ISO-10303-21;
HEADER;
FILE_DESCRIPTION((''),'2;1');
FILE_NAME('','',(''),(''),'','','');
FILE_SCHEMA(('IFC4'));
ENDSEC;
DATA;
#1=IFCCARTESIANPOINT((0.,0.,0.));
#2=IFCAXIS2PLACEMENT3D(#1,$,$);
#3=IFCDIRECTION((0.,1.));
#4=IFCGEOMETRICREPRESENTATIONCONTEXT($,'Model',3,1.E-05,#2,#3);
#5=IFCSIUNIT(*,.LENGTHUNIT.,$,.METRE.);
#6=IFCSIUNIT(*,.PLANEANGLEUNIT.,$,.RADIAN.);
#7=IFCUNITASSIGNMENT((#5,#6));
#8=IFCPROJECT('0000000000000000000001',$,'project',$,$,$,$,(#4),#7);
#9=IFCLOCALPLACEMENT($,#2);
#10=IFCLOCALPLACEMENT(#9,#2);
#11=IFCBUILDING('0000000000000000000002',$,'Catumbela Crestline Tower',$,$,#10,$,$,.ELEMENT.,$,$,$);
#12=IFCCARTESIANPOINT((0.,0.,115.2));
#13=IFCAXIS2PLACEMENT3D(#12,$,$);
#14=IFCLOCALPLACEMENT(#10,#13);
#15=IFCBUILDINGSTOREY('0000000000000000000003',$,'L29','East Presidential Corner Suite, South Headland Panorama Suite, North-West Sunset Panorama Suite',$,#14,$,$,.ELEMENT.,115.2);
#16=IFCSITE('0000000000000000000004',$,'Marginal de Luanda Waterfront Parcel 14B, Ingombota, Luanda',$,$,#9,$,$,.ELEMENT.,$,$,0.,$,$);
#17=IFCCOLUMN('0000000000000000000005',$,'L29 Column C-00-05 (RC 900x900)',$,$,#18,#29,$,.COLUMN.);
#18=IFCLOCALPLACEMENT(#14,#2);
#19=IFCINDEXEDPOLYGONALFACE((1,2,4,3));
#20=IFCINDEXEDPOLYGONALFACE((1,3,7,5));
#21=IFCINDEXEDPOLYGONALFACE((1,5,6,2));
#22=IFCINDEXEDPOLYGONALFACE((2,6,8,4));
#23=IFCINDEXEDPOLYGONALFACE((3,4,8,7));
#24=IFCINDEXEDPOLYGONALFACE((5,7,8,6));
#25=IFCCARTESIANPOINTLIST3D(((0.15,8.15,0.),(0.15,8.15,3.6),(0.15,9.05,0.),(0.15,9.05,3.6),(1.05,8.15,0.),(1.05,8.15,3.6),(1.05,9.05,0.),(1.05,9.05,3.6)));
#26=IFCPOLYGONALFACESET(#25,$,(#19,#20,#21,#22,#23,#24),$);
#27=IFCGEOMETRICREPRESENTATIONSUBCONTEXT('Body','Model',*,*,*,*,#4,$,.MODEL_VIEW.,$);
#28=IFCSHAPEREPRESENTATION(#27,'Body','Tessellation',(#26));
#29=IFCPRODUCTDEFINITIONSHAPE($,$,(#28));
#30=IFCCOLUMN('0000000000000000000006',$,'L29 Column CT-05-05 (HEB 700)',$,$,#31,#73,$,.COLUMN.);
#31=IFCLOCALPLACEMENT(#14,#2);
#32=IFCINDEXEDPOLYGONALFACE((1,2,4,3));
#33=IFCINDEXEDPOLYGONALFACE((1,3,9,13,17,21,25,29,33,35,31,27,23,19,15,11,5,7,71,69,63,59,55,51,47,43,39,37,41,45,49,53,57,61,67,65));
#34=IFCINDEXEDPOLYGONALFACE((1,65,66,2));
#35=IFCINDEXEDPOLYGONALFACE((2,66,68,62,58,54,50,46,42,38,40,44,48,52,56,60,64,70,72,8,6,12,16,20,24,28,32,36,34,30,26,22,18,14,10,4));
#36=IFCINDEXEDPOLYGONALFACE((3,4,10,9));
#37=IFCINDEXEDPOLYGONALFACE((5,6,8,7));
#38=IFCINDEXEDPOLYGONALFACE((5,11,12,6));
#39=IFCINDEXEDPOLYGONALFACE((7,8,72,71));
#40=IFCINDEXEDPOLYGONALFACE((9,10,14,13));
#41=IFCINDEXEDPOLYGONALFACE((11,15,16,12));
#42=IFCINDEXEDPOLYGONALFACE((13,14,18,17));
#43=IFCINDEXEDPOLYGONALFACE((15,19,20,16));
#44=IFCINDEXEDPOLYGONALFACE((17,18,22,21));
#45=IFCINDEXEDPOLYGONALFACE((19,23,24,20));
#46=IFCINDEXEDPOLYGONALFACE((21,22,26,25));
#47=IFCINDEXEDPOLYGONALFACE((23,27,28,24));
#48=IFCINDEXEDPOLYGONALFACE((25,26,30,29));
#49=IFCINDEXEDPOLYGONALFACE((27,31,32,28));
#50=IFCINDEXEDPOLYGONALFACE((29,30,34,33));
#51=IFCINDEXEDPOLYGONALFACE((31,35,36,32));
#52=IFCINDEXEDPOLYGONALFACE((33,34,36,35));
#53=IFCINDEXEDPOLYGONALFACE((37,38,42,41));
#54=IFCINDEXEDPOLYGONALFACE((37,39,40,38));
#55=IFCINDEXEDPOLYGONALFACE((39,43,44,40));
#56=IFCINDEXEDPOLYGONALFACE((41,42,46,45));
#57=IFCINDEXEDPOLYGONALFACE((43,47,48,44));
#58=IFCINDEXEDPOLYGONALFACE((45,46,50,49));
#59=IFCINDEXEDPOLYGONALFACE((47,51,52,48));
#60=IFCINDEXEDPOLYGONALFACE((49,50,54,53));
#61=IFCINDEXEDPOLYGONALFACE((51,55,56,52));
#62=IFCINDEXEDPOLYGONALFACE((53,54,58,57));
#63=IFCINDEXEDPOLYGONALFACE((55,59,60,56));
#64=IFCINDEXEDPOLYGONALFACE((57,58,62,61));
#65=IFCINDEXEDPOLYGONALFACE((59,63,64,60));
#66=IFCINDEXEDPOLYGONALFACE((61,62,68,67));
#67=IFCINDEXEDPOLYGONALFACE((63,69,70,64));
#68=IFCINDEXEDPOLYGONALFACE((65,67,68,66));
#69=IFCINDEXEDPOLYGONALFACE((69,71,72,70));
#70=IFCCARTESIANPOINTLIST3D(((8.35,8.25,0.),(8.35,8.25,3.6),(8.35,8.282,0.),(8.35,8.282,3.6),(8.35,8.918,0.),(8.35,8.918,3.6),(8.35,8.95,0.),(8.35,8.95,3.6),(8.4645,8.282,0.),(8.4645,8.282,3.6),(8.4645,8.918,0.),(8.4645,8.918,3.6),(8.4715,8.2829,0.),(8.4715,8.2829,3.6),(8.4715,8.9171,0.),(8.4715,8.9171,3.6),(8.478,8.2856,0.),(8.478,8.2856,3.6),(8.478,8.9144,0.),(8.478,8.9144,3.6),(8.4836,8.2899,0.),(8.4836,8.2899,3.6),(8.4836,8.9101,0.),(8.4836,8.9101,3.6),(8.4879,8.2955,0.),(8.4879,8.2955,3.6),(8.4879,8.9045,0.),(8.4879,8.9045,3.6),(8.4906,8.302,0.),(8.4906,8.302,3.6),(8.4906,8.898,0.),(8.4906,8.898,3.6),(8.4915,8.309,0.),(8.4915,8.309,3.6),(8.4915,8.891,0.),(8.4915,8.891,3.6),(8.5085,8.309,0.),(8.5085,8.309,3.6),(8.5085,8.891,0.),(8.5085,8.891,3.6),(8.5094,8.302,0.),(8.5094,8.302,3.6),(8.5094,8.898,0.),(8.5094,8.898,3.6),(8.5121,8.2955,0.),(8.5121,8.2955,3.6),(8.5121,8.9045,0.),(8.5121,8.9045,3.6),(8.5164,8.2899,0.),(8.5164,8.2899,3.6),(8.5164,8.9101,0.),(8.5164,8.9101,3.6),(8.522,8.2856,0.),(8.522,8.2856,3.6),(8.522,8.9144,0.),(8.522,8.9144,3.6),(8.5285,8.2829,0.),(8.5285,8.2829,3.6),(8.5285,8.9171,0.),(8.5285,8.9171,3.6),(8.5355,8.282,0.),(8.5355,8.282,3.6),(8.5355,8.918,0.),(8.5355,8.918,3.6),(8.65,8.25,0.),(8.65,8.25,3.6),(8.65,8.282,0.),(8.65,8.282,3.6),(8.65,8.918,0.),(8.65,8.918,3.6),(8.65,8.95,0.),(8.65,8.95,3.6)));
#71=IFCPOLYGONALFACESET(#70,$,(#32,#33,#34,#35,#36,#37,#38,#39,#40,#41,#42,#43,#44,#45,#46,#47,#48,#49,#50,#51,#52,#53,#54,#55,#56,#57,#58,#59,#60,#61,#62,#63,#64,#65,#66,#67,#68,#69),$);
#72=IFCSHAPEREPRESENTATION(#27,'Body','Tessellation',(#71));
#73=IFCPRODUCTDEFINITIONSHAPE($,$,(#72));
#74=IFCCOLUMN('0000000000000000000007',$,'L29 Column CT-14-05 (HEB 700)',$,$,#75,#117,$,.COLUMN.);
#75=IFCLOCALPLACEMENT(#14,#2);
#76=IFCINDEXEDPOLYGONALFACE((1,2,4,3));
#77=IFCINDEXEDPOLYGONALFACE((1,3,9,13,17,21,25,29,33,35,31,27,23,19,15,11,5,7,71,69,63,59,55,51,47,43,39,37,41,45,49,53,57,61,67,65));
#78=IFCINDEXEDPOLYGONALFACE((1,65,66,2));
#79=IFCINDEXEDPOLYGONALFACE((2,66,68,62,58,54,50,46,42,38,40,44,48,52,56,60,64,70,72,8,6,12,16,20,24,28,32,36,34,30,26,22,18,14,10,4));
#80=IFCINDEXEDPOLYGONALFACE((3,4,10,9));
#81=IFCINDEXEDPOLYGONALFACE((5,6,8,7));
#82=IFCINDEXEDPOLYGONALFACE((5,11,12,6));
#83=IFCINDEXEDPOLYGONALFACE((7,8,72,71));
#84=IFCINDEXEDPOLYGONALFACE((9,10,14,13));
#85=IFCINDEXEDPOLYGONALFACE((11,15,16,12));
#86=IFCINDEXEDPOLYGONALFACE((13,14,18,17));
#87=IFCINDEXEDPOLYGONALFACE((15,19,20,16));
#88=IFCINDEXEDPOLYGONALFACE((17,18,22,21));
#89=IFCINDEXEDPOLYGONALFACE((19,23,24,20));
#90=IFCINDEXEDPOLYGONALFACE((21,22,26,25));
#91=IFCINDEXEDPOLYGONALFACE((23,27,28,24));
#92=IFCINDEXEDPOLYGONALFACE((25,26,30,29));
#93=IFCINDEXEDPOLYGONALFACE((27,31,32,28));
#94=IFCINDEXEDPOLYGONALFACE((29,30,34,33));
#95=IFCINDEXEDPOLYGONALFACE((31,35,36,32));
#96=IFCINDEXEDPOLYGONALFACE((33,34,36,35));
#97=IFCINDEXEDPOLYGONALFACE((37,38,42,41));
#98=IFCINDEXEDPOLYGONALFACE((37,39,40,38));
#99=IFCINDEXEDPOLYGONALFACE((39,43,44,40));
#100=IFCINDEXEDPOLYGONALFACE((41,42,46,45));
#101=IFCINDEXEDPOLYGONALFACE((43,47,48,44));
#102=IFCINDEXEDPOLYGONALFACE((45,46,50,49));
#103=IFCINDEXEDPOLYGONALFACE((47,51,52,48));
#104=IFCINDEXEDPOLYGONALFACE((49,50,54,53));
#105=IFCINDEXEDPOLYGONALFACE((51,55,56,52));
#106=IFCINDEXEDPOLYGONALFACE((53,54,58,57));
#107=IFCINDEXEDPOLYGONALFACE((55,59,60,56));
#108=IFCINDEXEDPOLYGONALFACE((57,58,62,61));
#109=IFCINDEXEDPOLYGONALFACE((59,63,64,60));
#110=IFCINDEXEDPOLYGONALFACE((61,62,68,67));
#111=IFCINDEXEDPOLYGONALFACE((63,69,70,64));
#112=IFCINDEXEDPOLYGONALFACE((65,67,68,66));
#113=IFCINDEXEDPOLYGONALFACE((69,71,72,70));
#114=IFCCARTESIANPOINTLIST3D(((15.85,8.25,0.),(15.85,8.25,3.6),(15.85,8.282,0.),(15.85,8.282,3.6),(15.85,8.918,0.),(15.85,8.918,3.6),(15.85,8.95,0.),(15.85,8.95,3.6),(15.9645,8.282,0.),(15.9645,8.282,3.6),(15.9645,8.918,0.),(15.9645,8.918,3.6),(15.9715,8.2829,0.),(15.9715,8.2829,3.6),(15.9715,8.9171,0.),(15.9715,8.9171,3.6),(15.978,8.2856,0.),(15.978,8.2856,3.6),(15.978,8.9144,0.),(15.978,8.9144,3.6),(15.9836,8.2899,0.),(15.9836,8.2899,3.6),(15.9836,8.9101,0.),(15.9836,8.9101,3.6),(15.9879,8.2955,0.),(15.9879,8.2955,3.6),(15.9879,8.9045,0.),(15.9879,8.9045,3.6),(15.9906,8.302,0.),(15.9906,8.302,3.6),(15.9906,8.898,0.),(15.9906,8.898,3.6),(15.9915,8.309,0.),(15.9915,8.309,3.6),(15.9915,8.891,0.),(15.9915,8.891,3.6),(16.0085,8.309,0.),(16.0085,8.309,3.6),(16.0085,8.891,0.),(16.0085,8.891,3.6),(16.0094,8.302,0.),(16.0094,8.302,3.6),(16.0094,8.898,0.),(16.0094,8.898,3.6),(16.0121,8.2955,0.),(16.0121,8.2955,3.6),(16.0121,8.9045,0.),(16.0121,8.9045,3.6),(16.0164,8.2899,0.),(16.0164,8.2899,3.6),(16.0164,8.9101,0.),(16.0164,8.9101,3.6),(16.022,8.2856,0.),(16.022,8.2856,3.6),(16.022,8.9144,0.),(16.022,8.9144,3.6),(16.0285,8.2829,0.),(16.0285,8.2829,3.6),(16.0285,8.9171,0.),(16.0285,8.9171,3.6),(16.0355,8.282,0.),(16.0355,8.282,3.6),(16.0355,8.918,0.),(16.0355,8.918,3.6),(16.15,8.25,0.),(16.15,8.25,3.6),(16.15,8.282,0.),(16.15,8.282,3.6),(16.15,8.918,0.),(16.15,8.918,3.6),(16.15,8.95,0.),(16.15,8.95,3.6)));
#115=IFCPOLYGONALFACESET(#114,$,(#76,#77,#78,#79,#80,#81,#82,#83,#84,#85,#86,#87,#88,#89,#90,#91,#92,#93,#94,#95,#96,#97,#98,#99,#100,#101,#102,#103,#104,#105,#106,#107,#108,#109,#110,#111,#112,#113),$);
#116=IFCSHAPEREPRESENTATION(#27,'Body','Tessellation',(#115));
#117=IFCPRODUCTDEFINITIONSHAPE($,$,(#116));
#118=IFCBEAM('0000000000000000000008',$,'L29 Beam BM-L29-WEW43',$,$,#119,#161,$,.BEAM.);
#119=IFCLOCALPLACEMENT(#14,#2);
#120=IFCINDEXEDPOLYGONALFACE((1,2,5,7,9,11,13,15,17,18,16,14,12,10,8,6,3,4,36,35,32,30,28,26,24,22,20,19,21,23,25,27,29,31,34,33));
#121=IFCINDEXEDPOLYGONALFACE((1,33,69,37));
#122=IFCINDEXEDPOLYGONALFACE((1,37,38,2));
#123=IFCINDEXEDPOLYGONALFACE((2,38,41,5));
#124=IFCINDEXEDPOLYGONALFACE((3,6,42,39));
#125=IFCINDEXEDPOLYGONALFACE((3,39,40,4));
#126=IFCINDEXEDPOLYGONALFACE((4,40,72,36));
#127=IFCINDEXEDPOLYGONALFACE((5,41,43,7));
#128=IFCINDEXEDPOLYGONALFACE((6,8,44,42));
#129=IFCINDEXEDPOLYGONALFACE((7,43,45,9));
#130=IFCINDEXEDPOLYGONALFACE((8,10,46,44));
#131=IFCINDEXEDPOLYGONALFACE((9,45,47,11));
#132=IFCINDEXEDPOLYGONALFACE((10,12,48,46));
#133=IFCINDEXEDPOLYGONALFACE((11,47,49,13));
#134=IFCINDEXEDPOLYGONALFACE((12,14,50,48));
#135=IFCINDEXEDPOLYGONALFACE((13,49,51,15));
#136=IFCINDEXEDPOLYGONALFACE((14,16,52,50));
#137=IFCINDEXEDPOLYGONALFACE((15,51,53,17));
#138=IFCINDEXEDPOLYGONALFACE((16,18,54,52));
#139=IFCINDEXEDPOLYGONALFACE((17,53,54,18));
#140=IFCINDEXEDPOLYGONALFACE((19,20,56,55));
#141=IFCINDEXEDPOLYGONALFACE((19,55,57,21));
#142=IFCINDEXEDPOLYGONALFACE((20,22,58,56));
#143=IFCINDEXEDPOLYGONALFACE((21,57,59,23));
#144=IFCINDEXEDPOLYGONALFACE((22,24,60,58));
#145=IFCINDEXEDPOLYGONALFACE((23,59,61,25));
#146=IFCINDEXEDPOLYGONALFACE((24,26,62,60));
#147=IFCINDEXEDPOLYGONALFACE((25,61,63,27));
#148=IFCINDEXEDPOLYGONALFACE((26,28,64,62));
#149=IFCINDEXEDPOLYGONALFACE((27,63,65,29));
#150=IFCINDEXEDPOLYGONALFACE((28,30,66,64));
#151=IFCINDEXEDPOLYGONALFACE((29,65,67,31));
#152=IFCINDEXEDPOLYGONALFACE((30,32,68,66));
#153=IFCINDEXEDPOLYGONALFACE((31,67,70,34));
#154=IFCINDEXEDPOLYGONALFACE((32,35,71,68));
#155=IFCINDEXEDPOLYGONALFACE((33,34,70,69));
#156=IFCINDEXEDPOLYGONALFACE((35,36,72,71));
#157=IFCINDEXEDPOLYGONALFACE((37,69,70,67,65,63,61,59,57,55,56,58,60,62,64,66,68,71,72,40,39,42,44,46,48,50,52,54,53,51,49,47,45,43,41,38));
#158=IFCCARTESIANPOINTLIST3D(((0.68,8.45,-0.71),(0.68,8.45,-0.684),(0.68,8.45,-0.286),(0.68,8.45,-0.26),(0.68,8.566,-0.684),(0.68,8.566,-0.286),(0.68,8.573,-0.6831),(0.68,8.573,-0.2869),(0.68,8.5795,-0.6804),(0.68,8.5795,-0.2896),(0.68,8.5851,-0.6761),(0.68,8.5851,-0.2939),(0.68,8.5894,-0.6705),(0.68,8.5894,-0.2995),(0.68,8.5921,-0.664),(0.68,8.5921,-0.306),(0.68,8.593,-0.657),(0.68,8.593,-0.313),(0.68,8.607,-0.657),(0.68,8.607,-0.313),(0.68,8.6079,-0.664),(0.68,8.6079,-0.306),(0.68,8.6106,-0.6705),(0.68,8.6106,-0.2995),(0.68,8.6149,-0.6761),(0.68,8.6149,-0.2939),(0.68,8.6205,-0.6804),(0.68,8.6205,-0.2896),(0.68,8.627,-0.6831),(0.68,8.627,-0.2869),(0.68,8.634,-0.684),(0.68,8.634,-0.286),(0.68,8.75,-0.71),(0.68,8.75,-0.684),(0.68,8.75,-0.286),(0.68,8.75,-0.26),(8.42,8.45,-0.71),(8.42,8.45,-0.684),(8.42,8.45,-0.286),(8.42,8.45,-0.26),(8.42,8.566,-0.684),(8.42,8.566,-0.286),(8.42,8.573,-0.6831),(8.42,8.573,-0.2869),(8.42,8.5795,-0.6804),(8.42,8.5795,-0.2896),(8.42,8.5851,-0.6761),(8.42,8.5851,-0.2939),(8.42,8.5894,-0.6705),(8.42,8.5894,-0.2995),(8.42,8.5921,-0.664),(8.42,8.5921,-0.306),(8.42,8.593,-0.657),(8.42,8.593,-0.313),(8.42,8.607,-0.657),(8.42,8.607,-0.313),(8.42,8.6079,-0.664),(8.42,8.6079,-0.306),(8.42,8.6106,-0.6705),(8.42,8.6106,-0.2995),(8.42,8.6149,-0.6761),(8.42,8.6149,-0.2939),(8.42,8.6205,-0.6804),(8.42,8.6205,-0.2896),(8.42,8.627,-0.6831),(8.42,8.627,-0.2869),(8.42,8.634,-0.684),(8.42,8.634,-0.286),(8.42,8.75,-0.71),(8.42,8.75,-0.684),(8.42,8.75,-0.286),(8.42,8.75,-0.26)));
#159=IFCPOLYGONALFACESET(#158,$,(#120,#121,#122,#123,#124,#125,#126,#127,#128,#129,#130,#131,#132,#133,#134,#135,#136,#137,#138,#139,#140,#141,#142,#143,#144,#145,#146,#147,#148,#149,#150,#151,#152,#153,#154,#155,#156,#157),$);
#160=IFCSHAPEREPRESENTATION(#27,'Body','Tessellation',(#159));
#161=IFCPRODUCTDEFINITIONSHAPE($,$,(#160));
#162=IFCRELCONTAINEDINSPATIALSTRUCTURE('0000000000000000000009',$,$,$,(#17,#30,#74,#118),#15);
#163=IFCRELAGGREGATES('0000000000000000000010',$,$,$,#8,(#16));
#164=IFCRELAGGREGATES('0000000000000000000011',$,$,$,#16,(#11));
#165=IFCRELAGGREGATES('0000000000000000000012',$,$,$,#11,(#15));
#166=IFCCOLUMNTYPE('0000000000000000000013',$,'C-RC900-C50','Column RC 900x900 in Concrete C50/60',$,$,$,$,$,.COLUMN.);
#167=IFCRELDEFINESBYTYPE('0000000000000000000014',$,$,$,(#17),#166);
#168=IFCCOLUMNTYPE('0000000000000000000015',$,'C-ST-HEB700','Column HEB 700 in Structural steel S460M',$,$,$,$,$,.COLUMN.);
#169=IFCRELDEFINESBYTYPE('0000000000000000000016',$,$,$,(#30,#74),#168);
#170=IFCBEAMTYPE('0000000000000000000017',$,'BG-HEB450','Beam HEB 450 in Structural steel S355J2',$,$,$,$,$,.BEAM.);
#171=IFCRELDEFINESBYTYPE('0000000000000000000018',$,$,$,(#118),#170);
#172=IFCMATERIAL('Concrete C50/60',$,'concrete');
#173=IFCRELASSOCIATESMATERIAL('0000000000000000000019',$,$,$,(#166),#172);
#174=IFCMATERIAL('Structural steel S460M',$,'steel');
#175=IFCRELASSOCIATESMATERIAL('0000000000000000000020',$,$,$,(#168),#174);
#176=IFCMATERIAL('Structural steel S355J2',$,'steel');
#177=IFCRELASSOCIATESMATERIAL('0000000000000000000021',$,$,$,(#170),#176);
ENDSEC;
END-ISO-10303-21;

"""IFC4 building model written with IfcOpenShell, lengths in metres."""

from ifc_helpers import new_model, si_unit, direction, frame, origin, origin_2d, place, context, subcontext, project, spatial, rectangle, i_section, extrude, material, material_profile, profile_set, type_object, element, save


model = new_model("IFC4")

# Units and contexts
model_context = context("Model", 3, precision=1e-05, world=origin(), true_north=direction((0.0, 1.0)))
body_context = subcontext(model_context, "Body", "Model", "MODEL_VIEW")
ifc_project = project(units=[si_unit("LENGTHUNIT", "METRE"), si_unit("PLANEANGLEUNIT", "RADIAN")], contexts=[model_context])

# Site, building, storey
site_placement = place(None, origin())
site = spatial("IfcSite", under=ifc_project, at=site_placement, Name="Marginal de Luanda Waterfront Parcel 14B, Ingombota, Luanda", CompositionType="ELEMENT", RefElevation=0.0)
building_placement = place(site_placement, origin())
building = spatial("IfcBuilding", under=site, at=building_placement, Name="Catumbela Crestline Tower", CompositionType="ELEMENT")
storey_placement = place(building_placement, frame((0.0, 0.0, 115.2)))
storey = spatial("IfcBuildingStorey", under=building, at=storey_placement, Name="L29", Description="East Presidential Corner Suite, South Headland Panorama Suite, North-West Sunset Panorama Suite", CompositionType="ELEMENT", Elevation=115.2)

# Columns
ifc_material_1 = material(Name="Concrete C50/60", Category="concrete")
ifc_material_profile_1 = material_profile(ifc_material_1, rectangle(XDim=0.9, YDim=0.9, at=origin_2d()), Name="RC 900x900")
ifc_profile_set_1 = profile_set([ifc_material_profile_1], Name="Concrete C50/60")
column_type_1 = type_object("IfcColumnType", Name="C-RC900-C50", Description="Column RC 900x900 in Concrete C50/60", PredefinedType="COLUMN", material=ifc_profile_set_1)
column_placement = place(storey_placement, frame((0.6, 8.6, 0.0), z_axis=(0.0, 0.0, 1.0), x_axis=(1.0, 0.0, 0.0)))
element("IfcColumn", 1, at=column_placement, inside=storey, type_object=column_type_1, Name="L29 Column C-00-05 (RC 900x900)", PredefinedType="COLUMN", context=body_context, shape_type="SweptSolid", body=[
    extrude(rectangle(XDim=0.9, YDim=0.9, at=origin_2d()), origin(), (0.0, 0.0, 1.0), 3.6),
])
ifc_material_2 = material(Name="Structural steel S460M", Category="steel")
ifc_material_profile_2 = material_profile(ifc_material_2, i_section(OverallWidth=0.3, OverallDepth=0.7, WebThickness=0.017, FlangeThickness=0.032, FilletRadius=0.027, at=origin_2d()), Name="HEB 700")
ifc_profile_set_2 = profile_set([ifc_material_profile_2], Name="Structural steel S460M")
column_type_2 = type_object("IfcColumnType", Name="C-ST-HEB700", Description="Column HEB 700 in Structural steel S460M", PredefinedType="COLUMN", material=ifc_profile_set_2)
for number, where, z_axis, x_axis, name in (
    (2, (8.5, 8.6, 0.0), (0.0, 0.0, 1.0), (1.0, 0.0, 0.0), "L29 Column CT-05-05 (HEB 700)"),
    (3, (16.0, 8.6, 0.0), (0.0, 0.0, 1.0), (1.0, 0.0, 0.0), "L29 Column CT-14-05 (HEB 700)"),
):
    element("IfcColumn", number, at=place(storey_placement, frame(where, z_axis=z_axis, x_axis=x_axis)), inside=storey, type_object=column_type_2, Name=name, PredefinedType="COLUMN", context=body_context, shape_type="SweptSolid", body=[
        extrude(i_section(OverallWidth=0.3, OverallDepth=0.7, WebThickness=0.017, FlangeThickness=0.032, FilletRadius=0.027, at=origin_2d()), origin(), (0.0, 0.0, 1.0), 3.6),
    ])

# Beam
ifc_material_3 = material(Name="Structural steel S355J2", Category="steel")
ifc_material_profile_3 = material_profile(ifc_material_3, i_section(OverallWidth=0.3, OverallDepth=0.45, WebThickness=0.014, FlangeThickness=0.026, FilletRadius=0.027, at=origin_2d()), Name="HEB 450")
ifc_profile_set_3 = profile_set([ifc_material_profile_3], Name="Structural steel S355J2")
beam_type = type_object("IfcBeamType", Name="BG-HEB450", Description="Beam HEB 450 in Structural steel S355J2", PredefinedType="BEAM", material=ifc_profile_set_3)
beam_1_placement = place(storey_placement, frame((0.68, 8.6, -0.485), z_axis=(1.0, 0.0, 0.0), x_axis=(0.0, 1.0, 0.0)))
element("IfcBeam", 4, at=beam_1_placement, inside=storey, type_object=beam_type, Name="L29 Beam BM-L29-WEW43", PredefinedType="BEAM", context=body_context, shape_type="SweptSolid", body=[
    extrude(i_section(OverallWidth=0.3, OverallDepth=0.45, WebThickness=0.014, FlangeThickness=0.026, FilletRadius=0.027, at=origin_2d()), origin(), (0.0, 0.0, 1.0), 7.74),
])

save(model, "model.ifc")
